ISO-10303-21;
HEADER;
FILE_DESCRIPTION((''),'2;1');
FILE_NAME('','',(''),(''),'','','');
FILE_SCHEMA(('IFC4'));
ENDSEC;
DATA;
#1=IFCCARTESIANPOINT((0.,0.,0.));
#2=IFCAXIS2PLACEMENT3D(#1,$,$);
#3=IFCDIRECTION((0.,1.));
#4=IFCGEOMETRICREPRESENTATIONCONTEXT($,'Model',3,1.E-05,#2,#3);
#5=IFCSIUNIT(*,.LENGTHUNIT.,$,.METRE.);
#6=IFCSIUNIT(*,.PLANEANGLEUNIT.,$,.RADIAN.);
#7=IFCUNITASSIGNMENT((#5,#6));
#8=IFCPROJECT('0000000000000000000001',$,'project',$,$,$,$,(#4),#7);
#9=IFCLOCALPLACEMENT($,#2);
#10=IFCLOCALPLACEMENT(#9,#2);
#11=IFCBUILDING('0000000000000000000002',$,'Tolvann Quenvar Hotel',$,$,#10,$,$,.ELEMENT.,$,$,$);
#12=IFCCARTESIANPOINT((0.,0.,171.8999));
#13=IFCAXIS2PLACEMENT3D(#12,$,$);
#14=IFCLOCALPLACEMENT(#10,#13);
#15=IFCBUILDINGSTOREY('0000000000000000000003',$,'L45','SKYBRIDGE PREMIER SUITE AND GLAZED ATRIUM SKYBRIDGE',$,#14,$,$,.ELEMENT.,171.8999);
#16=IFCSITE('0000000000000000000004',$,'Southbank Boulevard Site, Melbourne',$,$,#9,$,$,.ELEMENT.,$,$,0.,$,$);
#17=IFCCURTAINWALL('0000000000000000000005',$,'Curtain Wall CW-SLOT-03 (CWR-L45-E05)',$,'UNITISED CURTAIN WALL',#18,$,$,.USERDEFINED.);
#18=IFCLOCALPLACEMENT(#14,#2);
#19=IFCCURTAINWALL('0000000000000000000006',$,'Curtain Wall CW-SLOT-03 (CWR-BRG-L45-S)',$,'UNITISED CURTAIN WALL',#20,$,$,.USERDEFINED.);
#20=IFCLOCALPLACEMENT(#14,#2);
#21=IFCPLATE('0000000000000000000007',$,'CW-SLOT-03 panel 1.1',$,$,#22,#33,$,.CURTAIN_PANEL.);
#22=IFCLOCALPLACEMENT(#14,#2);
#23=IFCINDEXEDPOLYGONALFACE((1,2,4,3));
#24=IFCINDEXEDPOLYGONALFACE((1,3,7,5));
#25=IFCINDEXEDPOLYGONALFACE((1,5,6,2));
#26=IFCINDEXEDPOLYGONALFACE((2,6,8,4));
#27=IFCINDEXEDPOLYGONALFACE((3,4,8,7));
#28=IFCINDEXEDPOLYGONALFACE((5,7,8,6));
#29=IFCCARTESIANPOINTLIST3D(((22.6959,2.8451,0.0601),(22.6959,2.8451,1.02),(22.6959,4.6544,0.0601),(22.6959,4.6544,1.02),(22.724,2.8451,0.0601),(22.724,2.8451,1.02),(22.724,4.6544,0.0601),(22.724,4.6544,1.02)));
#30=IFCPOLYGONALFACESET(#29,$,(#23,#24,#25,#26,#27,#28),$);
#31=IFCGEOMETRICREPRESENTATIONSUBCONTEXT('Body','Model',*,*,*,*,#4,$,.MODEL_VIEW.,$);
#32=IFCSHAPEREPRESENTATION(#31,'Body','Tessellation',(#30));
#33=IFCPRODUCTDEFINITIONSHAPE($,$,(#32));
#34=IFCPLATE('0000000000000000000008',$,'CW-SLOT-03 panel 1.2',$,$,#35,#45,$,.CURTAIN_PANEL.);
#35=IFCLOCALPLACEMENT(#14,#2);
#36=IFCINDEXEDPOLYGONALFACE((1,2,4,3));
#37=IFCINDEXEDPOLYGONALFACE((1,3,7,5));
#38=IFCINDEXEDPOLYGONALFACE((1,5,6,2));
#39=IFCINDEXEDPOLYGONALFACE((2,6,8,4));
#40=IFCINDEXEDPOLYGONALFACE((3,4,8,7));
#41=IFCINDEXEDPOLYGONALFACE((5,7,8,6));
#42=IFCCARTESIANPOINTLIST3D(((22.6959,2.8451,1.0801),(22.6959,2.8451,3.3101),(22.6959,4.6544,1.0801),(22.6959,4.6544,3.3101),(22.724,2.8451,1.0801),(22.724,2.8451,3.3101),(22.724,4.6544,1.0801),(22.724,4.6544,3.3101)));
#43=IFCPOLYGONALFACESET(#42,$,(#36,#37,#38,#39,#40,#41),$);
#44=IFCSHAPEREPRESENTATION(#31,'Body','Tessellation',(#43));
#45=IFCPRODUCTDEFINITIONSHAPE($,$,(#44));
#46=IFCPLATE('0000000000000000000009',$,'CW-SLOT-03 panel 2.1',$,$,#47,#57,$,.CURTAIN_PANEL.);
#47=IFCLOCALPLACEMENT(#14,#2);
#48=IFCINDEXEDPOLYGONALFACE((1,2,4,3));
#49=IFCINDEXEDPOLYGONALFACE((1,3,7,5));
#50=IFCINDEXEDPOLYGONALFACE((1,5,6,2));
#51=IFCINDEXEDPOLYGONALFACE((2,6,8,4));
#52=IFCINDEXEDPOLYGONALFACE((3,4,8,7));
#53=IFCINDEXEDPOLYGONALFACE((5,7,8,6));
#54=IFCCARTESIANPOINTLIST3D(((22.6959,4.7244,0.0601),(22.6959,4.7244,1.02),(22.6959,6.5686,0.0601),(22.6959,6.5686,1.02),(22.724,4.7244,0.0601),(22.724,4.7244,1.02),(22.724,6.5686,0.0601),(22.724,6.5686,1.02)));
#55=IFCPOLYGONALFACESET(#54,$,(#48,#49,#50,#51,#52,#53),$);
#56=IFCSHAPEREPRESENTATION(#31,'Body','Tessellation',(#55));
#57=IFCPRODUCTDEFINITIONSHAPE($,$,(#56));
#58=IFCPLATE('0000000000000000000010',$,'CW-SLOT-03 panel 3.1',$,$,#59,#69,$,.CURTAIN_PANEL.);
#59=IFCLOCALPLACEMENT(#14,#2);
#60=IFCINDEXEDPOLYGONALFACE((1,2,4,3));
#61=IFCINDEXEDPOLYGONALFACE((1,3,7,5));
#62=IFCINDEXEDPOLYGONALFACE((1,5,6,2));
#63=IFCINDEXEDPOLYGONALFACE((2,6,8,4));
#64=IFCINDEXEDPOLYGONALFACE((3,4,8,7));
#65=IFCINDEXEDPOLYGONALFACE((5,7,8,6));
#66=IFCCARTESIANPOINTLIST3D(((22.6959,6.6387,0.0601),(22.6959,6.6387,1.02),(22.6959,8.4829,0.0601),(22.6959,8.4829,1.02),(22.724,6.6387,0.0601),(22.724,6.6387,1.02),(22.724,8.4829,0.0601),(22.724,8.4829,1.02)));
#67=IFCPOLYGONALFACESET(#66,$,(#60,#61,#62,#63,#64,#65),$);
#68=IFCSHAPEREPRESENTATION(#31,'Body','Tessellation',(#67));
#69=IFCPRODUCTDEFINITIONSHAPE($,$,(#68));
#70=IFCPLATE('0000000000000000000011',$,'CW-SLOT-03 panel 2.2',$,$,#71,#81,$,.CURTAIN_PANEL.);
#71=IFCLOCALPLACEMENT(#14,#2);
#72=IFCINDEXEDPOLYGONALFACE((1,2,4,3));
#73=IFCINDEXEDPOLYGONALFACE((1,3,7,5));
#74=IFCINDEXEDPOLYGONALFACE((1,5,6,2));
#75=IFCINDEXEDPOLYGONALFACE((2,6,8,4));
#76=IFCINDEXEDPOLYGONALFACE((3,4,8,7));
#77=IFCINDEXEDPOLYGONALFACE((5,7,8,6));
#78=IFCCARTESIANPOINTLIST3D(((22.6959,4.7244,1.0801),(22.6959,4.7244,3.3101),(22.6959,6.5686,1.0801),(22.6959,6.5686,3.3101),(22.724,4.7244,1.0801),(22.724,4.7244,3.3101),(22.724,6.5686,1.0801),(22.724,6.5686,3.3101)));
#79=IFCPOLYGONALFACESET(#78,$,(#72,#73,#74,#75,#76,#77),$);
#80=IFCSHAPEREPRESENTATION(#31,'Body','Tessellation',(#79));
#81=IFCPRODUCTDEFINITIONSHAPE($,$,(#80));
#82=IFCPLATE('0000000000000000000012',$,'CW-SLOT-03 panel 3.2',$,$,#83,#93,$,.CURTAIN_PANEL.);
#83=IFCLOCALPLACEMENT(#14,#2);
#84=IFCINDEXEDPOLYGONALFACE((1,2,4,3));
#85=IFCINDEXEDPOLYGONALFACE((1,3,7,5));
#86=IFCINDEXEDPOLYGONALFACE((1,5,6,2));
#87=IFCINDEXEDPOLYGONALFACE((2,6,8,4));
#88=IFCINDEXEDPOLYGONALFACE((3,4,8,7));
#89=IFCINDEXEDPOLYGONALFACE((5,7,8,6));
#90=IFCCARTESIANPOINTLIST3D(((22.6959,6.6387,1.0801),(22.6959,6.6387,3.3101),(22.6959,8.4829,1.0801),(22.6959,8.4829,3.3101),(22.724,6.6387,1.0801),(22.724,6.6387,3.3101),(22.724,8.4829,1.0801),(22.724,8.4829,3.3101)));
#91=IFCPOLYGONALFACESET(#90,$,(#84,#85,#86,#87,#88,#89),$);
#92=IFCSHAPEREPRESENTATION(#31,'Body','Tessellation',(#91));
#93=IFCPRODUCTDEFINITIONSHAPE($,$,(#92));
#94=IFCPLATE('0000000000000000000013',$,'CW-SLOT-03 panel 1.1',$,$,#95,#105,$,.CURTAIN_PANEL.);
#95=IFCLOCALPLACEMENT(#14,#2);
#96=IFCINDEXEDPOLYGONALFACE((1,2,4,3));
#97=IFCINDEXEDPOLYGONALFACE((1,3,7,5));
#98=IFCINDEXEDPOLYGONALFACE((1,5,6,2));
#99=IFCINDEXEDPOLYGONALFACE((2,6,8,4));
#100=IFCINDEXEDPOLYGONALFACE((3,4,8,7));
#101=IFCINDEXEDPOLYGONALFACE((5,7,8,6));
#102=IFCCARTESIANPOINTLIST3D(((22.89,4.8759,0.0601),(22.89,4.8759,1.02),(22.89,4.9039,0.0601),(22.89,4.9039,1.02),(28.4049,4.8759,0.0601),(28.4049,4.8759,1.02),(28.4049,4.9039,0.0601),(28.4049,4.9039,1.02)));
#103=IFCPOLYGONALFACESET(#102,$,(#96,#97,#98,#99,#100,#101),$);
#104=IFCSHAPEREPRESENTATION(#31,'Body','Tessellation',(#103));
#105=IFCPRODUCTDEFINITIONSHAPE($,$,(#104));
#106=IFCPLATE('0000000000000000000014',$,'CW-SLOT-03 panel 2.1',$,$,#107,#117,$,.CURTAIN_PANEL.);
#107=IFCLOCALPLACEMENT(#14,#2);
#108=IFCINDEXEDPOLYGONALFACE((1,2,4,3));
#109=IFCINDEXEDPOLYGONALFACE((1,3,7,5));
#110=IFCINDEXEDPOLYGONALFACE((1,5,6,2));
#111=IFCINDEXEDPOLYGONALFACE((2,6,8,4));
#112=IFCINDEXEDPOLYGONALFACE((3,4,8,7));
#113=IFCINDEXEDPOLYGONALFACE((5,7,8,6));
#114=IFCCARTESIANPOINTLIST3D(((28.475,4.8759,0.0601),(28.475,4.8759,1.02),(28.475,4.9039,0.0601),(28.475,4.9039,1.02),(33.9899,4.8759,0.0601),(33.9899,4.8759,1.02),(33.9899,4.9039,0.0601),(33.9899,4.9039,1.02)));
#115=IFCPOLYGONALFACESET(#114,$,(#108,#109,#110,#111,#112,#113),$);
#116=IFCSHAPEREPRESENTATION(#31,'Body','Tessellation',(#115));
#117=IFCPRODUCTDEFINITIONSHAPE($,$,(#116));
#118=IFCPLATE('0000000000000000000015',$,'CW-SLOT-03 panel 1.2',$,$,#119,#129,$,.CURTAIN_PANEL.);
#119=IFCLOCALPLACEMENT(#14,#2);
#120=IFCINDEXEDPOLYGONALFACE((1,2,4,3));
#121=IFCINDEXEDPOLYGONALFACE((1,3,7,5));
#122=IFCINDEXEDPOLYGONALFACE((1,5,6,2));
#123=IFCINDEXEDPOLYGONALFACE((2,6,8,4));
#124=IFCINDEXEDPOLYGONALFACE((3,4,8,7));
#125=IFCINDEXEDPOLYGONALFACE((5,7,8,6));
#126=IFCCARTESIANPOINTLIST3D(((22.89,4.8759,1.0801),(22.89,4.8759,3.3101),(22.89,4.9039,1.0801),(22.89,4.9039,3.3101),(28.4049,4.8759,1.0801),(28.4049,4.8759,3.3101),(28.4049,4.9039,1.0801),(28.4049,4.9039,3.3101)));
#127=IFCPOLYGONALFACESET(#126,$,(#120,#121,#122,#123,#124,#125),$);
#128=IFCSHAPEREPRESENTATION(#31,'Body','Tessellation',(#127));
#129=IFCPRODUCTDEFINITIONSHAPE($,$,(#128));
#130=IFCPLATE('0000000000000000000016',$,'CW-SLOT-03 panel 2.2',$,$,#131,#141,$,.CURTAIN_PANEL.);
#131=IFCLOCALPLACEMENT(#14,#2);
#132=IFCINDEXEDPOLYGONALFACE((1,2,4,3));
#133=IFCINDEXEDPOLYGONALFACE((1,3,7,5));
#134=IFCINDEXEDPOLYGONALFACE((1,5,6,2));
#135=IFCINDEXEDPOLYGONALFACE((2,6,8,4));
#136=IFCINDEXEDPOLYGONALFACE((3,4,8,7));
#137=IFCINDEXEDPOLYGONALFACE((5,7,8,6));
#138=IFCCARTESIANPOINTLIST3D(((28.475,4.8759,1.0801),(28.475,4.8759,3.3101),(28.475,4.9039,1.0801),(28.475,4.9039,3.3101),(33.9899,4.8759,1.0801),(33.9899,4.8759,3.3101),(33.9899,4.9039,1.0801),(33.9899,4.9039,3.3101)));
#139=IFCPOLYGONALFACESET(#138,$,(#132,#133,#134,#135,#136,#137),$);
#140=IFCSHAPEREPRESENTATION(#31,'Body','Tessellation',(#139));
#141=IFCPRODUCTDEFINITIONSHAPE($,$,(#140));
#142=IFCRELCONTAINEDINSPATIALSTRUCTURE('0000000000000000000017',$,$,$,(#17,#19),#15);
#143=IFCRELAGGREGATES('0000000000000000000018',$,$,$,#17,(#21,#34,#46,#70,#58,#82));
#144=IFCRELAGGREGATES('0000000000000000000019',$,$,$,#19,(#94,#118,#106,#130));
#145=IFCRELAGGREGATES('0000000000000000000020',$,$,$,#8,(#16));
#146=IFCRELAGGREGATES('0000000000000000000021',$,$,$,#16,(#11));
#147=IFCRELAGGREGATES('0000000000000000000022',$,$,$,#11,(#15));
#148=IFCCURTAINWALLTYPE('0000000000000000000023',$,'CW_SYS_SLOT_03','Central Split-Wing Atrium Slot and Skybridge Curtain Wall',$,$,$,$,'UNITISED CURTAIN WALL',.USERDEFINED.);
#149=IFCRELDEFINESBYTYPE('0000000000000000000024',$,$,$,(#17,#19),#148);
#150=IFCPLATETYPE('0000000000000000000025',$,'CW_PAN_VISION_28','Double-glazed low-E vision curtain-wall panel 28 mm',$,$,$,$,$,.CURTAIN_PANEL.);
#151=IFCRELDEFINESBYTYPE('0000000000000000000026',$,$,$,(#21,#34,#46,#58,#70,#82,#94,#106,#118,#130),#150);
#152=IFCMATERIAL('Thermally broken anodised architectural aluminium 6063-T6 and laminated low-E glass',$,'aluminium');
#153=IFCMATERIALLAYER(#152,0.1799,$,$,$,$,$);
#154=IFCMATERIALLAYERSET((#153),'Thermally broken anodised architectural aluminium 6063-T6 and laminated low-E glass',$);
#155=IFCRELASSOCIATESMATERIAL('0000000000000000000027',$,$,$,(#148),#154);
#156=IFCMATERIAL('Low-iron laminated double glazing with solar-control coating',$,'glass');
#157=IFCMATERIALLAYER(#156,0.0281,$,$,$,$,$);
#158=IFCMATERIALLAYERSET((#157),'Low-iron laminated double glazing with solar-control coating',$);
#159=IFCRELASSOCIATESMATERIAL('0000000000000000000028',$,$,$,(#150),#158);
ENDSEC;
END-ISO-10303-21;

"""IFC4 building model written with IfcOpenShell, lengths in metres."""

from ifc_helpers import new_model, si_unit, direction, frame, origin, origin_2d, place, context, subcontext, project, spatial, rectangle, extrude, source, transform, mapped, material, layer, layer_set, type_object, type_shapes, element, aggregate, save


model = new_model("IFC4")

# Units and contexts
model_context = context("Model", 3, precision=1e-05, world=origin(), true_north=direction((0.0, 1.0)))
body_context = subcontext(model_context, "Body", "Model", "MODEL_VIEW")
ifc_project = project(units=[si_unit("LENGTHUNIT", "METRE"), si_unit("PLANEANGLEUNIT", "RADIAN")], contexts=[model_context])

# Site, building, storey
site_placement = place(None, origin())
site = spatial("IfcSite", under=ifc_project, at=site_placement, Name="Southbank Boulevard Site, Melbourne", CompositionType="ELEMENT", RefElevation=0.0)
building_placement = place(site_placement, origin())
building = spatial("IfcBuilding", under=site, at=building_placement, Name="Tolvann Quenvar Hotel", CompositionType="ELEMENT")
storey_placement = place(building_placement, frame((0.0, 0.0, 171.8999)))
storey = spatial("IfcBuildingStorey", under=building, at=storey_placement, Name="L45", Description="SKYBRIDGE PREMIER SUITE AND GLAZED ATRIUM SKYBRIDGE", CompositionType="ELEMENT", Elevation=171.8999)

# Curtain walls
ifc_material_1 = material(Name="Thermally broken anodised architectural aluminium 6063-T6 and laminated low-E glass", Category="aluminium")
ifc_layer_1 = layer(ifc_material_1, 0.1799)
ifc_layer_set_1 = layer_set([ifc_layer_1], Name="Thermally broken anodised architectural aluminium 6063-T6 and laminated low-E glass")
curtain_wall_type = type_object("IfcCurtainWallType", Name="CW_SYS_SLOT_03", Description="Central Split-Wing Atrium Slot and Skybridge Curtain Wall", ElementType="UNITISED CURTAIN WALL", PredefinedType="USERDEFINED", material=ifc_layer_set_1)
curtain_wall_1_placement = place(storey_placement, origin())
curtain_wall_1 = element("IfcCurtainWall", 1, at=curtain_wall_1_placement, inside=storey, type_object=curtain_wall_type, Name="Curtain Wall CW-SLOT-03 (CWR-L45-E05)", ObjectType="UNITISED CURTAIN WALL", PredefinedType="USERDEFINED")
curtain_wall_2_placement = place(storey_placement, origin())
curtain_wall_2 = element("IfcCurtainWall", 2, at=curtain_wall_2_placement, inside=storey, type_object=curtain_wall_type, Name="Curtain Wall CW-SLOT-03 (CWR-BRG-L45-S)", ObjectType="UNITISED CURTAIN WALL", PredefinedType="USERDEFINED")

# Plates
ifc_material_2 = material(Name="Low-iron laminated double glazing with solar-control coating", Category="glass")
ifc_layer_2 = layer(ifc_material_2, 0.0281)
ifc_layer_set_2 = layer_set([ifc_layer_2], Name="Low-iron laminated double glazing with solar-control coating")
plate_type = type_object("IfcPlateType", Name="CW_PAN_VISION_28", Description="Double-glazed low-E vision curtain-wall panel 28 mm", PredefinedType="CURTAIN_PANEL", material=ifc_layer_set_2)
shared_shape_1 = source(origin(), body_context, "Body", "SweptSolid", [
    extrude(rectangle(XDim=1.8093, YDim=0.0281, at=origin_2d()), origin(), (0.0, 0.0, 1.0), 0.96),
])
plate_1_placement = place(storey_placement, frame((22.71, 3.7498, 0.0601), z_axis=(0.0, 0.0, 1.0), x_axis=(0.0, 1.0, 0.0)))
plate_1 = element("IfcPlate", 3, at=plate_1_placement, type_object=plate_type, Name="CW-SLOT-03 panel 1.1", PredefinedType="CURTAIN_PANEL", context=body_context, shape_type="MappedRepresentation", body=[
    mapped(shared_shape_1, transform((0.0, 0.0, 0.0), x_axis=(1.0, 0.0, 0.0), y_axis=(0.0, 1.0, 0.0), z_axis=(0.0, 0.0, 1.0), scale=1.0)),
])
shared_shape_2 = source(origin(), body_context, "Body", "SweptSolid", [
    extrude(rectangle(XDim=1.8093, YDim=0.0281, at=origin_2d()), origin(), (0.0, 0.0, 1.0), 2.23),
])
plate_2_placement = place(storey_placement, frame((22.71, 3.7498, 1.0801), z_axis=(0.0, 0.0, 1.0), x_axis=(0.0, 1.0, 0.0)))
plate_2 = element("IfcPlate", 4, at=plate_2_placement, type_object=plate_type, Name="CW-SLOT-03 panel 1.2", PredefinedType="CURTAIN_PANEL", context=body_context, shape_type="MappedRepresentation", body=[
    mapped(shared_shape_2, transform((0.0, 0.0, 0.0), x_axis=(1.0, 0.0, 0.0), y_axis=(0.0, 1.0, 0.0), z_axis=(0.0, 0.0, 1.0), scale=1.0)),
])
shared_shape_3 = source(origin(), body_context, "Body", "SweptSolid", [
    extrude(rectangle(XDim=1.8442, YDim=0.0281, at=origin_2d()), origin(), (0.0, 0.0, 1.0), 0.96),
])
plate_3_placement = place(storey_placement, frame((22.71, 5.6465, 0.0601), z_axis=(0.0, 0.0, 1.0), x_axis=(0.0, 1.0, 0.0)))
plate_3 = element("IfcPlate", 5, at=plate_3_placement, type_object=plate_type, Name="CW-SLOT-03 panel 2.1", PredefinedType="CURTAIN_PANEL", context=body_context, shape_type="MappedRepresentation", body=[
    mapped(shared_shape_3, transform((0.0, 0.0, 0.0), x_axis=(1.0, 0.0, 0.0), y_axis=(0.0, 1.0, 0.0), z_axis=(0.0, 0.0, 1.0), scale=1.0)),
])
plate_4_placement = place(storey_placement, frame((22.71, 7.5608, 0.0601), z_axis=(0.0, 0.0, 1.0), x_axis=(0.0, 1.0, 0.0)))
plate_4 = element("IfcPlate", 6, at=plate_4_placement, type_object=plate_type, Name="CW-SLOT-03 panel 3.1", PredefinedType="CURTAIN_PANEL", context=body_context, shape_type="MappedRepresentation", body=[
    mapped(shared_shape_3, transform((0.0, 0.0, 0.0), x_axis=(1.0, 0.0, 0.0), y_axis=(0.0, 1.0, 0.0), z_axis=(0.0, 0.0, 1.0), scale=1.0)),
])
shared_shape_4 = source(origin(), body_context, "Body", "SweptSolid", [
    extrude(rectangle(XDim=1.8442, YDim=0.0281, at=origin_2d()), origin(), (0.0, 0.0, 1.0), 2.23),
])
plate_5_placement = place(storey_placement, frame((22.71, 5.6465, 1.0801), z_axis=(0.0, 0.0, 1.0), x_axis=(0.0, 1.0, 0.0)))
plate_5 = element("IfcPlate", 7, at=plate_5_placement, type_object=plate_type, Name="CW-SLOT-03 panel 2.2", PredefinedType="CURTAIN_PANEL", context=body_context, shape_type="MappedRepresentation", body=[
    mapped(shared_shape_4, transform((0.0, 0.0, 0.0), x_axis=(1.0, 0.0, 0.0), y_axis=(0.0, 1.0, 0.0), z_axis=(0.0, 0.0, 1.0), scale=1.0)),
])
plate_6_placement = place(storey_placement, frame((22.71, 7.5608, 1.0801), z_axis=(0.0, 0.0, 1.0), x_axis=(0.0, 1.0, 0.0)))
plate_6 = element("IfcPlate", 8, at=plate_6_placement, type_object=plate_type, Name="CW-SLOT-03 panel 3.2", PredefinedType="CURTAIN_PANEL", context=body_context, shape_type="MappedRepresentation", body=[
    mapped(shared_shape_4, transform((0.0, 0.0, 0.0), x_axis=(1.0, 0.0, 0.0), y_axis=(0.0, 1.0, 0.0), z_axis=(0.0, 0.0, 1.0), scale=1.0)),
])
aggregate(curtain_wall_1, [plate_1, plate_2, plate_3, plate_5, plate_4, plate_6])
shared_shape_5 = source(origin(), body_context, "Body", "SweptSolid", [
    extrude(rectangle(XDim=5.5149, YDim=0.0281, at=origin_2d()), origin(), (0.0, 0.0, 1.0), 0.96),
])
plate_7_placement = place(storey_placement, frame((25.6475, 4.8899, 0.0601), z_axis=(0.0, 0.0, 1.0), x_axis=(1.0, 0.0, 0.0)))
plate_7 = element("IfcPlate", 9, at=plate_7_placement, type_object=plate_type, Name="CW-SLOT-03 panel 1.1", PredefinedType="CURTAIN_PANEL", context=body_context, shape_type="MappedRepresentation", body=[
    mapped(shared_shape_5, transform((0.0, 0.0, 0.0), x_axis=(1.0, 0.0, 0.0), y_axis=(0.0, 1.0, 0.0), z_axis=(0.0, 0.0, 1.0), scale=1.0)),
])
plate_8_placement = place(storey_placement, frame((31.2324, 4.8899, 0.0601), z_axis=(0.0, 0.0, 1.0), x_axis=(1.0, 0.0, 0.0)))
plate_8 = element("IfcPlate", 10, at=plate_8_placement, type_object=plate_type, Name="CW-SLOT-03 panel 2.1", PredefinedType="CURTAIN_PANEL", context=body_context, shape_type="MappedRepresentation", body=[
    mapped(shared_shape_5, transform((0.0, 0.0, 0.0), x_axis=(1.0, 0.0, 0.0), y_axis=(0.0, 1.0, 0.0), z_axis=(0.0, 0.0, 1.0), scale=1.0)),
])
shared_shape_6 = source(origin(), body_context, "Body", "SweptSolid", [
    extrude(rectangle(XDim=5.5149, YDim=0.0281, at=origin_2d()), origin(), (0.0, 0.0, 1.0), 2.23),
])
type_shapes(plate_type, [shared_shape_1, shared_shape_2, shared_shape_3, shared_shape_4, shared_shape_5, shared_shape_6])
plate_9_placement = place(storey_placement, frame((25.6475, 4.8899, 1.0801), z_axis=(0.0, 0.0, 1.0), x_axis=(1.0, 0.0, 0.0)))
plate_9 = element("IfcPlate", 11, at=plate_9_placement, type_object=plate_type, Name="CW-SLOT-03 panel 1.2", PredefinedType="CURTAIN_PANEL", context=body_context, shape_type="MappedRepresentation", body=[
    mapped(shared_shape_6, transform((0.0, 0.0, 0.0), x_axis=(1.0, 0.0, 0.0), y_axis=(0.0, 1.0, 0.0), z_axis=(0.0, 0.0, 1.0), scale=1.0)),
])
plate_10_placement = place(storey_placement, frame((31.2324, 4.8899, 1.0801), z_axis=(0.0, 0.0, 1.0), x_axis=(1.0, 0.0, 0.0)))
plate_10 = element("IfcPlate", 12, at=plate_10_placement, type_object=plate_type, Name="CW-SLOT-03 panel 2.2", PredefinedType="CURTAIN_PANEL", context=body_context, shape_type="MappedRepresentation", body=[
    mapped(shared_shape_6, transform((0.0, 0.0, 0.0), x_axis=(1.0, 0.0, 0.0), y_axis=(0.0, 1.0, 0.0), z_axis=(0.0, 0.0, 1.0), scale=1.0)),
])
aggregate(curtain_wall_2, [plate_7, plate_9, plate_8, plate_10])

save(model, "model.ifc")
